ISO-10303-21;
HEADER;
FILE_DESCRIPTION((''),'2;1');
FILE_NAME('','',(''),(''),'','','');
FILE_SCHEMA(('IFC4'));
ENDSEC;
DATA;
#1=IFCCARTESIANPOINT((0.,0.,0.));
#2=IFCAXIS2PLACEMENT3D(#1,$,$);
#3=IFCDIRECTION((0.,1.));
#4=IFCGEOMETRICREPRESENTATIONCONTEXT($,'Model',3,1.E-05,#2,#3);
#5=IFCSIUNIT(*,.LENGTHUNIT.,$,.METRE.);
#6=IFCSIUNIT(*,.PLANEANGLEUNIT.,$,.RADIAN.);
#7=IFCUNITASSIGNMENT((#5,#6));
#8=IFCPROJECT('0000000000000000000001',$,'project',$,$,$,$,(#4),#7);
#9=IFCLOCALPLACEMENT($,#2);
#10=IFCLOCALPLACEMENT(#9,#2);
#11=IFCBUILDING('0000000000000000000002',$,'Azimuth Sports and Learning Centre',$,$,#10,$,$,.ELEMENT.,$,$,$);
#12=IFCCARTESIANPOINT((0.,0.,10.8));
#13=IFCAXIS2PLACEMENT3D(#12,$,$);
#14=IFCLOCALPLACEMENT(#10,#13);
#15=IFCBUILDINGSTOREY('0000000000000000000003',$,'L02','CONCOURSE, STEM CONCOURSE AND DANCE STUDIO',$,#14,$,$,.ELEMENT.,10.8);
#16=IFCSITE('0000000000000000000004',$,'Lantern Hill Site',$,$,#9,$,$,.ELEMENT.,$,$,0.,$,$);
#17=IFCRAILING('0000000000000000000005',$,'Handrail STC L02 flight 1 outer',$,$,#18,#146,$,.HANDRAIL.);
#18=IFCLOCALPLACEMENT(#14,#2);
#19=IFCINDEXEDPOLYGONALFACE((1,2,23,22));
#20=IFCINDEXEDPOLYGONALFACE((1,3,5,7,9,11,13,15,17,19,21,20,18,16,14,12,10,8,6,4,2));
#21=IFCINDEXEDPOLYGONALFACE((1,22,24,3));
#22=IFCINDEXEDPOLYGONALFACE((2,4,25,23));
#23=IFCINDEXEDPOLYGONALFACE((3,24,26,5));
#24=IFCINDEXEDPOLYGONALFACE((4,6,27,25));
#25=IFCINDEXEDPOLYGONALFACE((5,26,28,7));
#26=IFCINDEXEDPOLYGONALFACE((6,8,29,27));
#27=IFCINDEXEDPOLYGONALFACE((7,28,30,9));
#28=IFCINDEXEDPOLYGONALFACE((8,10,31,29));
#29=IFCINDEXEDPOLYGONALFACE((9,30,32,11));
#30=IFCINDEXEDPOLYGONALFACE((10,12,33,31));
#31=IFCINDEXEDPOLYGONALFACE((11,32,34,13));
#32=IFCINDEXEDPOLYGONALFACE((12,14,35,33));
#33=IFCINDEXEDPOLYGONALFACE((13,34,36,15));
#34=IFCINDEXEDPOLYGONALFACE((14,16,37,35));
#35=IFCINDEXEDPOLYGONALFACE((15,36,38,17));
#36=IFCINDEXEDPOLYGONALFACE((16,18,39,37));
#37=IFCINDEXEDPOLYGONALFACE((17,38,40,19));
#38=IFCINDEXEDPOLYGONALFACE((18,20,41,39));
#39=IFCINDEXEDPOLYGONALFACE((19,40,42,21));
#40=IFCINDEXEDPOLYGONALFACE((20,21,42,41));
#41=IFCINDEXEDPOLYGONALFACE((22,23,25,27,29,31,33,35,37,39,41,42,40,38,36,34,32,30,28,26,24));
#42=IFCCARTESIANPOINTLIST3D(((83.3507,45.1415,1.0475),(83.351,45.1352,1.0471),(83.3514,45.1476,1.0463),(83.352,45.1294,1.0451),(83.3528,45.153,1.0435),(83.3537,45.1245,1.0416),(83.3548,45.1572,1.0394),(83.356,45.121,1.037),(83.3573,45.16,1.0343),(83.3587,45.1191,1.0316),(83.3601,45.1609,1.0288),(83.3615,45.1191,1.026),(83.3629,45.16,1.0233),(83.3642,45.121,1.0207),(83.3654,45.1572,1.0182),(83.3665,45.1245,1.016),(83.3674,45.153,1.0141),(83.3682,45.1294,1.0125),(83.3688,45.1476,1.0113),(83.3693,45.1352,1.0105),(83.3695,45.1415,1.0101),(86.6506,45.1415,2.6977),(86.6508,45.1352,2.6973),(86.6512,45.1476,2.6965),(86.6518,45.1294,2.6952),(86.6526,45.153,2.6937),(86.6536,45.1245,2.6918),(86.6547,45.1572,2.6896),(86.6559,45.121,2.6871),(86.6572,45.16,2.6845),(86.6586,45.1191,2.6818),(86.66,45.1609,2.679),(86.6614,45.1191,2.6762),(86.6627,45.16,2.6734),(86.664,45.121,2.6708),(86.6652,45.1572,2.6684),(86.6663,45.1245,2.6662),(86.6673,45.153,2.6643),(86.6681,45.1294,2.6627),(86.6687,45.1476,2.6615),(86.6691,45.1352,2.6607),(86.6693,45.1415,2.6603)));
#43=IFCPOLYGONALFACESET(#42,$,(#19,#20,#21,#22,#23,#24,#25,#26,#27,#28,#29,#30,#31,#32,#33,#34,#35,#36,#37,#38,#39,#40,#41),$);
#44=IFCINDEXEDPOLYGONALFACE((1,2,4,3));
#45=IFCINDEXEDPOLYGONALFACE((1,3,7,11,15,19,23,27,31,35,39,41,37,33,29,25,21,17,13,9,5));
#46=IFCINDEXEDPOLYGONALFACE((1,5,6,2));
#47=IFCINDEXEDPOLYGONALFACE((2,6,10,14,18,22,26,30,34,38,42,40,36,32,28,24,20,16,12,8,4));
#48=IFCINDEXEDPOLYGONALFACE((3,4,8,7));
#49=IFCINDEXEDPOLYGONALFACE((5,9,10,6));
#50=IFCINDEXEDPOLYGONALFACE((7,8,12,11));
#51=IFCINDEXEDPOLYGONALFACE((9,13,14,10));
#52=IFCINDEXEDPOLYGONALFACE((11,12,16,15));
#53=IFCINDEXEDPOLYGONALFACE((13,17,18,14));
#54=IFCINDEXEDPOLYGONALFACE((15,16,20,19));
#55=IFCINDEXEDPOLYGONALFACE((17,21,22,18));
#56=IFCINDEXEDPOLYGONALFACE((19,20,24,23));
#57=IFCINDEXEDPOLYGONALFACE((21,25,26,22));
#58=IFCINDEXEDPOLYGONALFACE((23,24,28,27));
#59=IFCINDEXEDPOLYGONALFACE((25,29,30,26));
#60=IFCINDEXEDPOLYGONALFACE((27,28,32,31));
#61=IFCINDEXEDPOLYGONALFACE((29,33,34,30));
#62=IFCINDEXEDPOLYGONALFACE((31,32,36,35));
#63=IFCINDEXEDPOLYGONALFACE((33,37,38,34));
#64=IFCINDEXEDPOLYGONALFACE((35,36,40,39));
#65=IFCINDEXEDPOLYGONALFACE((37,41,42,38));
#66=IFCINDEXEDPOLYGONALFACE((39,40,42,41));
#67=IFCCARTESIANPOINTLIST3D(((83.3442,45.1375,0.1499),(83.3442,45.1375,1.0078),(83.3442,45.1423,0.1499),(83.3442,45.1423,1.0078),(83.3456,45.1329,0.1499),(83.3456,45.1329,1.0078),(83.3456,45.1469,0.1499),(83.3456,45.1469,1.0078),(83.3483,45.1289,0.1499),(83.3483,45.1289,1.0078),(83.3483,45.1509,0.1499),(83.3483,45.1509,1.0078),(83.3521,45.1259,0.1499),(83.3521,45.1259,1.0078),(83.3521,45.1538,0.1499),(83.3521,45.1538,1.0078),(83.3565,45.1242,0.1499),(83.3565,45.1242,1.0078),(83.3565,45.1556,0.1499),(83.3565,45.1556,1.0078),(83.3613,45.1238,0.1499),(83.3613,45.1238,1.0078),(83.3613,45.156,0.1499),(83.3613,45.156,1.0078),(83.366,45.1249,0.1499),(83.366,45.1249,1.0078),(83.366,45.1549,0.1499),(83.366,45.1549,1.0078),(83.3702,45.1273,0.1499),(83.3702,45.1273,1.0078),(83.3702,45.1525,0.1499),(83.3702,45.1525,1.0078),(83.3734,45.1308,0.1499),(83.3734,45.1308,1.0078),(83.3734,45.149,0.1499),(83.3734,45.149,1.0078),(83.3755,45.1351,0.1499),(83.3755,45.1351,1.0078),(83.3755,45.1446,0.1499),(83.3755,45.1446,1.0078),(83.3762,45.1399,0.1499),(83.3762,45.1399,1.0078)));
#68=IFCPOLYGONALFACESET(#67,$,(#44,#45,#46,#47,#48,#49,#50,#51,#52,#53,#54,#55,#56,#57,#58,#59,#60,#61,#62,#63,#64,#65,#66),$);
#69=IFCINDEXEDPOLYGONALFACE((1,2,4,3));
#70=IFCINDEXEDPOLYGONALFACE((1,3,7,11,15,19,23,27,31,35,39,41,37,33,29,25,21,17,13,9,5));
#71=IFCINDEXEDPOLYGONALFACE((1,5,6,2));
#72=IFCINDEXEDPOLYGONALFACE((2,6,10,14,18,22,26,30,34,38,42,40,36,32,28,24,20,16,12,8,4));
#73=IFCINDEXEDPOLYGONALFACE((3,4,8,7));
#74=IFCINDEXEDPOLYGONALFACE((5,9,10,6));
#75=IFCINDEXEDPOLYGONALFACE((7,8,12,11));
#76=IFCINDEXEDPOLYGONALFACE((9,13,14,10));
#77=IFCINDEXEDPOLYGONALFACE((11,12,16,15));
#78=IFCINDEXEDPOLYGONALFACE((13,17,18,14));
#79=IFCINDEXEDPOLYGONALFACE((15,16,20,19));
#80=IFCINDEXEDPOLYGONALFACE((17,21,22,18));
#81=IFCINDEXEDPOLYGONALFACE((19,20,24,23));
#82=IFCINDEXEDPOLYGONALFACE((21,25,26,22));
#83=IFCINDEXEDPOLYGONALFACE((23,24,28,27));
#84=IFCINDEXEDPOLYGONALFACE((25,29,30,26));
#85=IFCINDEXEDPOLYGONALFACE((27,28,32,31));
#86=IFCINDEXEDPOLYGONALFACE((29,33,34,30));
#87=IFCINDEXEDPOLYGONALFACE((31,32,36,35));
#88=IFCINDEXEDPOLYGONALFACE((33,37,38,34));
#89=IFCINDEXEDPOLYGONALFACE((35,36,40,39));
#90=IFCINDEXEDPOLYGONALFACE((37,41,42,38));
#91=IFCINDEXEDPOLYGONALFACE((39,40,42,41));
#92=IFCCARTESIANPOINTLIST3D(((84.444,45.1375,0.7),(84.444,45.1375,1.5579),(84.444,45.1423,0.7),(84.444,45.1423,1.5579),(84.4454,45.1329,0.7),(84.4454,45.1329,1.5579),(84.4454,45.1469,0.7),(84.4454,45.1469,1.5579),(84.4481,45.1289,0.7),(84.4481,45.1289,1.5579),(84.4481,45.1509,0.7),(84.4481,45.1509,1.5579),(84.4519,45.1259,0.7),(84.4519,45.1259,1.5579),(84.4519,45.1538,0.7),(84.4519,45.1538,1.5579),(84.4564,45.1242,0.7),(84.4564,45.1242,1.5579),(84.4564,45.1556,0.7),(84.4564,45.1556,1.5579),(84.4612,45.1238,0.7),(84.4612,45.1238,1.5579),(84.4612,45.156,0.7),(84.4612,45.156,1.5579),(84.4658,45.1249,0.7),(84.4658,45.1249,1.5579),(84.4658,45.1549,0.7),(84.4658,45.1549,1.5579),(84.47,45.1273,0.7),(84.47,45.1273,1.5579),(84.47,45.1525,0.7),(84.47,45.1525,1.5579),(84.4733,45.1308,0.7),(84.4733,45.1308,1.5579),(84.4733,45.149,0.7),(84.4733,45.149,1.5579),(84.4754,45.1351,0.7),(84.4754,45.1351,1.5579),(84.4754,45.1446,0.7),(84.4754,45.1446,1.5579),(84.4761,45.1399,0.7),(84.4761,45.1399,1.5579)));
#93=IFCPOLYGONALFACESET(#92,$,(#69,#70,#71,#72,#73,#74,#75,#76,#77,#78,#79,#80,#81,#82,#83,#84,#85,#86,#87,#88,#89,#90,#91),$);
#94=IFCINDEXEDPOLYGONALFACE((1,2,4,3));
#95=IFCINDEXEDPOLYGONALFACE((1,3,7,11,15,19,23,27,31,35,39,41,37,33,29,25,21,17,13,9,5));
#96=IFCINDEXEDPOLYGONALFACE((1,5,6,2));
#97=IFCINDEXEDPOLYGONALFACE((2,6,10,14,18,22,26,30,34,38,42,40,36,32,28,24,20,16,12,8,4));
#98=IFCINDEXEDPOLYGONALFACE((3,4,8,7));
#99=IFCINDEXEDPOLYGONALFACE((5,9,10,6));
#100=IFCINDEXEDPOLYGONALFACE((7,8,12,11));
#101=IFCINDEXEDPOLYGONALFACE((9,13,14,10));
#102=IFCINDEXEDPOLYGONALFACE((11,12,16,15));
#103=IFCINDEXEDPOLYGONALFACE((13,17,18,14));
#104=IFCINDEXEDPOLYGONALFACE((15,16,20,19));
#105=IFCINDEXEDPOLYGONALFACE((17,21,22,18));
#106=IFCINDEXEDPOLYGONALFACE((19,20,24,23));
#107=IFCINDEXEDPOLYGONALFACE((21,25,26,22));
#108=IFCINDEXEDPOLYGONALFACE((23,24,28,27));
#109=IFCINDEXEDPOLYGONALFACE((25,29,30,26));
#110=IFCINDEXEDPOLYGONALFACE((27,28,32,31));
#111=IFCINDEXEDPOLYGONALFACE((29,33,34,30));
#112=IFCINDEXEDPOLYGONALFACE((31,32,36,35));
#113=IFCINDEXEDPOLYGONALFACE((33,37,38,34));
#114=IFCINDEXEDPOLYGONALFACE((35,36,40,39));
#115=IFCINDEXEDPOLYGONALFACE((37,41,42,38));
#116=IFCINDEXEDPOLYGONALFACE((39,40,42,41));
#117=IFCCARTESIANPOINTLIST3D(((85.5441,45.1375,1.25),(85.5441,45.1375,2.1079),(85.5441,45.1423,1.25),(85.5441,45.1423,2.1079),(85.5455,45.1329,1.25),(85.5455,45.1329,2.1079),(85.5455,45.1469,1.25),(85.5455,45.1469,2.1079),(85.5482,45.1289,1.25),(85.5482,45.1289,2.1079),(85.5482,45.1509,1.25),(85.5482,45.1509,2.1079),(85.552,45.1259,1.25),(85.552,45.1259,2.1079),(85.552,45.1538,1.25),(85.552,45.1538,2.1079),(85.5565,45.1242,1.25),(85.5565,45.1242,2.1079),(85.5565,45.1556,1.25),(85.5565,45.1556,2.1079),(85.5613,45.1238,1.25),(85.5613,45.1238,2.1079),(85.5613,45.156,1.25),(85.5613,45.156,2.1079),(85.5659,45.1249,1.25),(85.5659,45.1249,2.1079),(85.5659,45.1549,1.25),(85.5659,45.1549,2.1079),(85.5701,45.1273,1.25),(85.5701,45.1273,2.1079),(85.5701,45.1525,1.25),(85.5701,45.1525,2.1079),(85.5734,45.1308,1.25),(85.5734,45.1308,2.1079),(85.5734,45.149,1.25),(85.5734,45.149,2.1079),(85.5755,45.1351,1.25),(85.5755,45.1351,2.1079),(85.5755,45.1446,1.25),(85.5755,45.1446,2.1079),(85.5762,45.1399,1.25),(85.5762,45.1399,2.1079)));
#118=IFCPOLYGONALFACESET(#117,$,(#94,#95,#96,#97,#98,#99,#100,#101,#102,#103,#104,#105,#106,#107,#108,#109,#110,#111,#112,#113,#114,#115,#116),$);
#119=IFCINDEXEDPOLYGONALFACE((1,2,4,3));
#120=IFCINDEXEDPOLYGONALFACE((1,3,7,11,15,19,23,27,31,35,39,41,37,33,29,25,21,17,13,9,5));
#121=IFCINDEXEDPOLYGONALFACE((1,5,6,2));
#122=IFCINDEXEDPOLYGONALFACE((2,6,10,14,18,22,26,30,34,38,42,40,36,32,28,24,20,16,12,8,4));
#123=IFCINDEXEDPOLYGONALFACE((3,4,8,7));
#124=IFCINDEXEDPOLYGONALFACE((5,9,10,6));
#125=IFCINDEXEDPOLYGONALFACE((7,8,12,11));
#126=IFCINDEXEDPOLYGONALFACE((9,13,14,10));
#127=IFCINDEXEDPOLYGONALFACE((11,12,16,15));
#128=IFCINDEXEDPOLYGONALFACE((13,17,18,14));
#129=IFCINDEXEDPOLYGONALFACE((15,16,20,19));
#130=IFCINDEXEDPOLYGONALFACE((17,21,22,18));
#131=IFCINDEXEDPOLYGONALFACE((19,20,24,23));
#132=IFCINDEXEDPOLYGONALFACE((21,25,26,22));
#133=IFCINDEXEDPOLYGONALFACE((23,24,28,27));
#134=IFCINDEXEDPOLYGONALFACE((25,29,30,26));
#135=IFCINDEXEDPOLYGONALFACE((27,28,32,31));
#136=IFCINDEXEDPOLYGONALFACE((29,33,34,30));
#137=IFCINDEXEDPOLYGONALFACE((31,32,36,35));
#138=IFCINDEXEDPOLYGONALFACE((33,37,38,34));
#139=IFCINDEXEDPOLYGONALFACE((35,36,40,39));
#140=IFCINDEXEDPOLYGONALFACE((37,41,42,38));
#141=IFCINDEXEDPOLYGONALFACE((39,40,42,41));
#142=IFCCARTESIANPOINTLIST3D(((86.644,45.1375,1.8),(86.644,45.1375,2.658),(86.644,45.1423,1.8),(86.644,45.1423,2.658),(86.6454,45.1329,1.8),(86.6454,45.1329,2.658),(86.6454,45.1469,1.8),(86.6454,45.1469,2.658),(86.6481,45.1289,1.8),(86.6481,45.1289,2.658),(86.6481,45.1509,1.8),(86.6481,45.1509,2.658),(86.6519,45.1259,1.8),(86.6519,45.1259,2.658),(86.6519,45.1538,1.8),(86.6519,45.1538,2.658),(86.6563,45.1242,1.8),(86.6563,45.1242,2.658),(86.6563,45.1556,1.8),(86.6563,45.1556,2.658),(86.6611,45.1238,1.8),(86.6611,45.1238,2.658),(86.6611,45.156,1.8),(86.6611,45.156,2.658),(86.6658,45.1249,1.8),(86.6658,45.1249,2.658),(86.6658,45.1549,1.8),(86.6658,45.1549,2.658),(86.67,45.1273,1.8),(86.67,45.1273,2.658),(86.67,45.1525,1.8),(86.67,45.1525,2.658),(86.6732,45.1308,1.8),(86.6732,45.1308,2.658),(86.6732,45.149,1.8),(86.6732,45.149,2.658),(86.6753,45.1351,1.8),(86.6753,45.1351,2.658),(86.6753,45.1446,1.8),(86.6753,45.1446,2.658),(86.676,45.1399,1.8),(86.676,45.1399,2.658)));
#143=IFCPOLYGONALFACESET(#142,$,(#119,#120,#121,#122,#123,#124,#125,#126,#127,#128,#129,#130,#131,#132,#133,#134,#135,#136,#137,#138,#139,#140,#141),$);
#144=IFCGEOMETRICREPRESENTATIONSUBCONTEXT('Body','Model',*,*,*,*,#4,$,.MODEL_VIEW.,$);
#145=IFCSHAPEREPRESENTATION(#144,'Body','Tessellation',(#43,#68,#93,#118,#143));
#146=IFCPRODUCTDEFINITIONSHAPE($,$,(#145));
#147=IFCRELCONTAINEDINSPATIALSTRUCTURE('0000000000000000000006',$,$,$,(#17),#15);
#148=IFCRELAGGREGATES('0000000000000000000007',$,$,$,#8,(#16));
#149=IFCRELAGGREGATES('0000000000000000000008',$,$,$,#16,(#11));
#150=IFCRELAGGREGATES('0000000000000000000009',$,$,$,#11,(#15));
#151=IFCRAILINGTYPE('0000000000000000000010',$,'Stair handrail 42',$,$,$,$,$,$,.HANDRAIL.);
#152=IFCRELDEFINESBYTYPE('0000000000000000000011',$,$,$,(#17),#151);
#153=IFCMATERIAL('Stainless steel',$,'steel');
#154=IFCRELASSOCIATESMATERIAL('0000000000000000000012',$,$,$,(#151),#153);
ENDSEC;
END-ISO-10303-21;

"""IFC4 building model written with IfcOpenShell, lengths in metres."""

from ifc_helpers import new_model, si_unit, direction, frame, origin, origin_2d, place, context, subcontext, project, spatial, circle, extrude, material, type_object, element, save


model = new_model("IFC4")

# Units and contexts
model_context = context("Model", 3, precision=1e-05, world=origin(), true_north=direction((0.0, 1.0)))
body_context = subcontext(model_context, "Body", "Model", "MODEL_VIEW")
ifc_project = project(units=[si_unit("LENGTHUNIT", "METRE"), si_unit("PLANEANGLEUNIT", "RADIAN")], contexts=[model_context])

# Site, building, storey
site_placement = place(None, origin())
site = spatial("IfcSite", under=ifc_project, at=site_placement, Name="Lantern Hill Site", CompositionType="ELEMENT", RefElevation=0.0)
building_placement = place(site_placement, origin())
building = spatial("IfcBuilding", under=site, at=building_placement, Name="Azimuth Sports and Learning Centre", CompositionType="ELEMENT")
storey_placement = place(building_placement, frame((0.0, 0.0, 10.8)))
storey = spatial("IfcBuildingStorey", under=building, at=storey_placement, Name="L02", Description="CONCOURSE, STEM CONCOURSE AND DANCE STUDIO", CompositionType="ELEMENT", Elevation=10.8)

# Railing
ifc_material_1 = material(Name="Stainless steel", Category="steel")
railing_type = type_object("IfcRailingType", Name="Stair handrail 42", PredefinedType="HANDRAIL", material=ifc_material_1)
for number, where, name in (
    (1, (83.3601, 45.1399, 0.1499), "Handrail STC L02 flight 1 outer"),
):
    element("IfcRailing", number, at=place(storey_placement, frame(where)), inside=storey, type_object=railing_type, Name=name, PredefinedType="HANDRAIL", context=body_context, shape_type="SweptSolid", body=[
        extrude(circle(Radius=0.021, at=origin_2d()), frame((0.0, 0.0, 0.8789), z_axis=(0.894401, 0.0, 0.447267), x_axis=(0.0, 1.0, 0.0)), (0.0, 0.0, 1.0), 3.6895),
        extrude(circle(Radius=0.0161, at=origin_2d()), origin(), (0.0, 0.0, 1.0), 0.8579),
        extrude(circle(Radius=0.0161, at=origin_2d()), frame((1.0999, 0.0, 0.55)), (0.0, 0.0, 1.0), 0.8579),
        extrude(circle(Radius=0.0161, at=origin_2d()), frame((2.2, 0.0, 1.1001)), (0.0, 0.0, 1.0), 0.8579),
        extrude(circle(Radius=0.0161, at=origin_2d()), frame((3.2998, 0.0, 1.6501)), (0.0, 0.0, 1.0), 0.8579),
    ])

save(model, "model.ifc")
